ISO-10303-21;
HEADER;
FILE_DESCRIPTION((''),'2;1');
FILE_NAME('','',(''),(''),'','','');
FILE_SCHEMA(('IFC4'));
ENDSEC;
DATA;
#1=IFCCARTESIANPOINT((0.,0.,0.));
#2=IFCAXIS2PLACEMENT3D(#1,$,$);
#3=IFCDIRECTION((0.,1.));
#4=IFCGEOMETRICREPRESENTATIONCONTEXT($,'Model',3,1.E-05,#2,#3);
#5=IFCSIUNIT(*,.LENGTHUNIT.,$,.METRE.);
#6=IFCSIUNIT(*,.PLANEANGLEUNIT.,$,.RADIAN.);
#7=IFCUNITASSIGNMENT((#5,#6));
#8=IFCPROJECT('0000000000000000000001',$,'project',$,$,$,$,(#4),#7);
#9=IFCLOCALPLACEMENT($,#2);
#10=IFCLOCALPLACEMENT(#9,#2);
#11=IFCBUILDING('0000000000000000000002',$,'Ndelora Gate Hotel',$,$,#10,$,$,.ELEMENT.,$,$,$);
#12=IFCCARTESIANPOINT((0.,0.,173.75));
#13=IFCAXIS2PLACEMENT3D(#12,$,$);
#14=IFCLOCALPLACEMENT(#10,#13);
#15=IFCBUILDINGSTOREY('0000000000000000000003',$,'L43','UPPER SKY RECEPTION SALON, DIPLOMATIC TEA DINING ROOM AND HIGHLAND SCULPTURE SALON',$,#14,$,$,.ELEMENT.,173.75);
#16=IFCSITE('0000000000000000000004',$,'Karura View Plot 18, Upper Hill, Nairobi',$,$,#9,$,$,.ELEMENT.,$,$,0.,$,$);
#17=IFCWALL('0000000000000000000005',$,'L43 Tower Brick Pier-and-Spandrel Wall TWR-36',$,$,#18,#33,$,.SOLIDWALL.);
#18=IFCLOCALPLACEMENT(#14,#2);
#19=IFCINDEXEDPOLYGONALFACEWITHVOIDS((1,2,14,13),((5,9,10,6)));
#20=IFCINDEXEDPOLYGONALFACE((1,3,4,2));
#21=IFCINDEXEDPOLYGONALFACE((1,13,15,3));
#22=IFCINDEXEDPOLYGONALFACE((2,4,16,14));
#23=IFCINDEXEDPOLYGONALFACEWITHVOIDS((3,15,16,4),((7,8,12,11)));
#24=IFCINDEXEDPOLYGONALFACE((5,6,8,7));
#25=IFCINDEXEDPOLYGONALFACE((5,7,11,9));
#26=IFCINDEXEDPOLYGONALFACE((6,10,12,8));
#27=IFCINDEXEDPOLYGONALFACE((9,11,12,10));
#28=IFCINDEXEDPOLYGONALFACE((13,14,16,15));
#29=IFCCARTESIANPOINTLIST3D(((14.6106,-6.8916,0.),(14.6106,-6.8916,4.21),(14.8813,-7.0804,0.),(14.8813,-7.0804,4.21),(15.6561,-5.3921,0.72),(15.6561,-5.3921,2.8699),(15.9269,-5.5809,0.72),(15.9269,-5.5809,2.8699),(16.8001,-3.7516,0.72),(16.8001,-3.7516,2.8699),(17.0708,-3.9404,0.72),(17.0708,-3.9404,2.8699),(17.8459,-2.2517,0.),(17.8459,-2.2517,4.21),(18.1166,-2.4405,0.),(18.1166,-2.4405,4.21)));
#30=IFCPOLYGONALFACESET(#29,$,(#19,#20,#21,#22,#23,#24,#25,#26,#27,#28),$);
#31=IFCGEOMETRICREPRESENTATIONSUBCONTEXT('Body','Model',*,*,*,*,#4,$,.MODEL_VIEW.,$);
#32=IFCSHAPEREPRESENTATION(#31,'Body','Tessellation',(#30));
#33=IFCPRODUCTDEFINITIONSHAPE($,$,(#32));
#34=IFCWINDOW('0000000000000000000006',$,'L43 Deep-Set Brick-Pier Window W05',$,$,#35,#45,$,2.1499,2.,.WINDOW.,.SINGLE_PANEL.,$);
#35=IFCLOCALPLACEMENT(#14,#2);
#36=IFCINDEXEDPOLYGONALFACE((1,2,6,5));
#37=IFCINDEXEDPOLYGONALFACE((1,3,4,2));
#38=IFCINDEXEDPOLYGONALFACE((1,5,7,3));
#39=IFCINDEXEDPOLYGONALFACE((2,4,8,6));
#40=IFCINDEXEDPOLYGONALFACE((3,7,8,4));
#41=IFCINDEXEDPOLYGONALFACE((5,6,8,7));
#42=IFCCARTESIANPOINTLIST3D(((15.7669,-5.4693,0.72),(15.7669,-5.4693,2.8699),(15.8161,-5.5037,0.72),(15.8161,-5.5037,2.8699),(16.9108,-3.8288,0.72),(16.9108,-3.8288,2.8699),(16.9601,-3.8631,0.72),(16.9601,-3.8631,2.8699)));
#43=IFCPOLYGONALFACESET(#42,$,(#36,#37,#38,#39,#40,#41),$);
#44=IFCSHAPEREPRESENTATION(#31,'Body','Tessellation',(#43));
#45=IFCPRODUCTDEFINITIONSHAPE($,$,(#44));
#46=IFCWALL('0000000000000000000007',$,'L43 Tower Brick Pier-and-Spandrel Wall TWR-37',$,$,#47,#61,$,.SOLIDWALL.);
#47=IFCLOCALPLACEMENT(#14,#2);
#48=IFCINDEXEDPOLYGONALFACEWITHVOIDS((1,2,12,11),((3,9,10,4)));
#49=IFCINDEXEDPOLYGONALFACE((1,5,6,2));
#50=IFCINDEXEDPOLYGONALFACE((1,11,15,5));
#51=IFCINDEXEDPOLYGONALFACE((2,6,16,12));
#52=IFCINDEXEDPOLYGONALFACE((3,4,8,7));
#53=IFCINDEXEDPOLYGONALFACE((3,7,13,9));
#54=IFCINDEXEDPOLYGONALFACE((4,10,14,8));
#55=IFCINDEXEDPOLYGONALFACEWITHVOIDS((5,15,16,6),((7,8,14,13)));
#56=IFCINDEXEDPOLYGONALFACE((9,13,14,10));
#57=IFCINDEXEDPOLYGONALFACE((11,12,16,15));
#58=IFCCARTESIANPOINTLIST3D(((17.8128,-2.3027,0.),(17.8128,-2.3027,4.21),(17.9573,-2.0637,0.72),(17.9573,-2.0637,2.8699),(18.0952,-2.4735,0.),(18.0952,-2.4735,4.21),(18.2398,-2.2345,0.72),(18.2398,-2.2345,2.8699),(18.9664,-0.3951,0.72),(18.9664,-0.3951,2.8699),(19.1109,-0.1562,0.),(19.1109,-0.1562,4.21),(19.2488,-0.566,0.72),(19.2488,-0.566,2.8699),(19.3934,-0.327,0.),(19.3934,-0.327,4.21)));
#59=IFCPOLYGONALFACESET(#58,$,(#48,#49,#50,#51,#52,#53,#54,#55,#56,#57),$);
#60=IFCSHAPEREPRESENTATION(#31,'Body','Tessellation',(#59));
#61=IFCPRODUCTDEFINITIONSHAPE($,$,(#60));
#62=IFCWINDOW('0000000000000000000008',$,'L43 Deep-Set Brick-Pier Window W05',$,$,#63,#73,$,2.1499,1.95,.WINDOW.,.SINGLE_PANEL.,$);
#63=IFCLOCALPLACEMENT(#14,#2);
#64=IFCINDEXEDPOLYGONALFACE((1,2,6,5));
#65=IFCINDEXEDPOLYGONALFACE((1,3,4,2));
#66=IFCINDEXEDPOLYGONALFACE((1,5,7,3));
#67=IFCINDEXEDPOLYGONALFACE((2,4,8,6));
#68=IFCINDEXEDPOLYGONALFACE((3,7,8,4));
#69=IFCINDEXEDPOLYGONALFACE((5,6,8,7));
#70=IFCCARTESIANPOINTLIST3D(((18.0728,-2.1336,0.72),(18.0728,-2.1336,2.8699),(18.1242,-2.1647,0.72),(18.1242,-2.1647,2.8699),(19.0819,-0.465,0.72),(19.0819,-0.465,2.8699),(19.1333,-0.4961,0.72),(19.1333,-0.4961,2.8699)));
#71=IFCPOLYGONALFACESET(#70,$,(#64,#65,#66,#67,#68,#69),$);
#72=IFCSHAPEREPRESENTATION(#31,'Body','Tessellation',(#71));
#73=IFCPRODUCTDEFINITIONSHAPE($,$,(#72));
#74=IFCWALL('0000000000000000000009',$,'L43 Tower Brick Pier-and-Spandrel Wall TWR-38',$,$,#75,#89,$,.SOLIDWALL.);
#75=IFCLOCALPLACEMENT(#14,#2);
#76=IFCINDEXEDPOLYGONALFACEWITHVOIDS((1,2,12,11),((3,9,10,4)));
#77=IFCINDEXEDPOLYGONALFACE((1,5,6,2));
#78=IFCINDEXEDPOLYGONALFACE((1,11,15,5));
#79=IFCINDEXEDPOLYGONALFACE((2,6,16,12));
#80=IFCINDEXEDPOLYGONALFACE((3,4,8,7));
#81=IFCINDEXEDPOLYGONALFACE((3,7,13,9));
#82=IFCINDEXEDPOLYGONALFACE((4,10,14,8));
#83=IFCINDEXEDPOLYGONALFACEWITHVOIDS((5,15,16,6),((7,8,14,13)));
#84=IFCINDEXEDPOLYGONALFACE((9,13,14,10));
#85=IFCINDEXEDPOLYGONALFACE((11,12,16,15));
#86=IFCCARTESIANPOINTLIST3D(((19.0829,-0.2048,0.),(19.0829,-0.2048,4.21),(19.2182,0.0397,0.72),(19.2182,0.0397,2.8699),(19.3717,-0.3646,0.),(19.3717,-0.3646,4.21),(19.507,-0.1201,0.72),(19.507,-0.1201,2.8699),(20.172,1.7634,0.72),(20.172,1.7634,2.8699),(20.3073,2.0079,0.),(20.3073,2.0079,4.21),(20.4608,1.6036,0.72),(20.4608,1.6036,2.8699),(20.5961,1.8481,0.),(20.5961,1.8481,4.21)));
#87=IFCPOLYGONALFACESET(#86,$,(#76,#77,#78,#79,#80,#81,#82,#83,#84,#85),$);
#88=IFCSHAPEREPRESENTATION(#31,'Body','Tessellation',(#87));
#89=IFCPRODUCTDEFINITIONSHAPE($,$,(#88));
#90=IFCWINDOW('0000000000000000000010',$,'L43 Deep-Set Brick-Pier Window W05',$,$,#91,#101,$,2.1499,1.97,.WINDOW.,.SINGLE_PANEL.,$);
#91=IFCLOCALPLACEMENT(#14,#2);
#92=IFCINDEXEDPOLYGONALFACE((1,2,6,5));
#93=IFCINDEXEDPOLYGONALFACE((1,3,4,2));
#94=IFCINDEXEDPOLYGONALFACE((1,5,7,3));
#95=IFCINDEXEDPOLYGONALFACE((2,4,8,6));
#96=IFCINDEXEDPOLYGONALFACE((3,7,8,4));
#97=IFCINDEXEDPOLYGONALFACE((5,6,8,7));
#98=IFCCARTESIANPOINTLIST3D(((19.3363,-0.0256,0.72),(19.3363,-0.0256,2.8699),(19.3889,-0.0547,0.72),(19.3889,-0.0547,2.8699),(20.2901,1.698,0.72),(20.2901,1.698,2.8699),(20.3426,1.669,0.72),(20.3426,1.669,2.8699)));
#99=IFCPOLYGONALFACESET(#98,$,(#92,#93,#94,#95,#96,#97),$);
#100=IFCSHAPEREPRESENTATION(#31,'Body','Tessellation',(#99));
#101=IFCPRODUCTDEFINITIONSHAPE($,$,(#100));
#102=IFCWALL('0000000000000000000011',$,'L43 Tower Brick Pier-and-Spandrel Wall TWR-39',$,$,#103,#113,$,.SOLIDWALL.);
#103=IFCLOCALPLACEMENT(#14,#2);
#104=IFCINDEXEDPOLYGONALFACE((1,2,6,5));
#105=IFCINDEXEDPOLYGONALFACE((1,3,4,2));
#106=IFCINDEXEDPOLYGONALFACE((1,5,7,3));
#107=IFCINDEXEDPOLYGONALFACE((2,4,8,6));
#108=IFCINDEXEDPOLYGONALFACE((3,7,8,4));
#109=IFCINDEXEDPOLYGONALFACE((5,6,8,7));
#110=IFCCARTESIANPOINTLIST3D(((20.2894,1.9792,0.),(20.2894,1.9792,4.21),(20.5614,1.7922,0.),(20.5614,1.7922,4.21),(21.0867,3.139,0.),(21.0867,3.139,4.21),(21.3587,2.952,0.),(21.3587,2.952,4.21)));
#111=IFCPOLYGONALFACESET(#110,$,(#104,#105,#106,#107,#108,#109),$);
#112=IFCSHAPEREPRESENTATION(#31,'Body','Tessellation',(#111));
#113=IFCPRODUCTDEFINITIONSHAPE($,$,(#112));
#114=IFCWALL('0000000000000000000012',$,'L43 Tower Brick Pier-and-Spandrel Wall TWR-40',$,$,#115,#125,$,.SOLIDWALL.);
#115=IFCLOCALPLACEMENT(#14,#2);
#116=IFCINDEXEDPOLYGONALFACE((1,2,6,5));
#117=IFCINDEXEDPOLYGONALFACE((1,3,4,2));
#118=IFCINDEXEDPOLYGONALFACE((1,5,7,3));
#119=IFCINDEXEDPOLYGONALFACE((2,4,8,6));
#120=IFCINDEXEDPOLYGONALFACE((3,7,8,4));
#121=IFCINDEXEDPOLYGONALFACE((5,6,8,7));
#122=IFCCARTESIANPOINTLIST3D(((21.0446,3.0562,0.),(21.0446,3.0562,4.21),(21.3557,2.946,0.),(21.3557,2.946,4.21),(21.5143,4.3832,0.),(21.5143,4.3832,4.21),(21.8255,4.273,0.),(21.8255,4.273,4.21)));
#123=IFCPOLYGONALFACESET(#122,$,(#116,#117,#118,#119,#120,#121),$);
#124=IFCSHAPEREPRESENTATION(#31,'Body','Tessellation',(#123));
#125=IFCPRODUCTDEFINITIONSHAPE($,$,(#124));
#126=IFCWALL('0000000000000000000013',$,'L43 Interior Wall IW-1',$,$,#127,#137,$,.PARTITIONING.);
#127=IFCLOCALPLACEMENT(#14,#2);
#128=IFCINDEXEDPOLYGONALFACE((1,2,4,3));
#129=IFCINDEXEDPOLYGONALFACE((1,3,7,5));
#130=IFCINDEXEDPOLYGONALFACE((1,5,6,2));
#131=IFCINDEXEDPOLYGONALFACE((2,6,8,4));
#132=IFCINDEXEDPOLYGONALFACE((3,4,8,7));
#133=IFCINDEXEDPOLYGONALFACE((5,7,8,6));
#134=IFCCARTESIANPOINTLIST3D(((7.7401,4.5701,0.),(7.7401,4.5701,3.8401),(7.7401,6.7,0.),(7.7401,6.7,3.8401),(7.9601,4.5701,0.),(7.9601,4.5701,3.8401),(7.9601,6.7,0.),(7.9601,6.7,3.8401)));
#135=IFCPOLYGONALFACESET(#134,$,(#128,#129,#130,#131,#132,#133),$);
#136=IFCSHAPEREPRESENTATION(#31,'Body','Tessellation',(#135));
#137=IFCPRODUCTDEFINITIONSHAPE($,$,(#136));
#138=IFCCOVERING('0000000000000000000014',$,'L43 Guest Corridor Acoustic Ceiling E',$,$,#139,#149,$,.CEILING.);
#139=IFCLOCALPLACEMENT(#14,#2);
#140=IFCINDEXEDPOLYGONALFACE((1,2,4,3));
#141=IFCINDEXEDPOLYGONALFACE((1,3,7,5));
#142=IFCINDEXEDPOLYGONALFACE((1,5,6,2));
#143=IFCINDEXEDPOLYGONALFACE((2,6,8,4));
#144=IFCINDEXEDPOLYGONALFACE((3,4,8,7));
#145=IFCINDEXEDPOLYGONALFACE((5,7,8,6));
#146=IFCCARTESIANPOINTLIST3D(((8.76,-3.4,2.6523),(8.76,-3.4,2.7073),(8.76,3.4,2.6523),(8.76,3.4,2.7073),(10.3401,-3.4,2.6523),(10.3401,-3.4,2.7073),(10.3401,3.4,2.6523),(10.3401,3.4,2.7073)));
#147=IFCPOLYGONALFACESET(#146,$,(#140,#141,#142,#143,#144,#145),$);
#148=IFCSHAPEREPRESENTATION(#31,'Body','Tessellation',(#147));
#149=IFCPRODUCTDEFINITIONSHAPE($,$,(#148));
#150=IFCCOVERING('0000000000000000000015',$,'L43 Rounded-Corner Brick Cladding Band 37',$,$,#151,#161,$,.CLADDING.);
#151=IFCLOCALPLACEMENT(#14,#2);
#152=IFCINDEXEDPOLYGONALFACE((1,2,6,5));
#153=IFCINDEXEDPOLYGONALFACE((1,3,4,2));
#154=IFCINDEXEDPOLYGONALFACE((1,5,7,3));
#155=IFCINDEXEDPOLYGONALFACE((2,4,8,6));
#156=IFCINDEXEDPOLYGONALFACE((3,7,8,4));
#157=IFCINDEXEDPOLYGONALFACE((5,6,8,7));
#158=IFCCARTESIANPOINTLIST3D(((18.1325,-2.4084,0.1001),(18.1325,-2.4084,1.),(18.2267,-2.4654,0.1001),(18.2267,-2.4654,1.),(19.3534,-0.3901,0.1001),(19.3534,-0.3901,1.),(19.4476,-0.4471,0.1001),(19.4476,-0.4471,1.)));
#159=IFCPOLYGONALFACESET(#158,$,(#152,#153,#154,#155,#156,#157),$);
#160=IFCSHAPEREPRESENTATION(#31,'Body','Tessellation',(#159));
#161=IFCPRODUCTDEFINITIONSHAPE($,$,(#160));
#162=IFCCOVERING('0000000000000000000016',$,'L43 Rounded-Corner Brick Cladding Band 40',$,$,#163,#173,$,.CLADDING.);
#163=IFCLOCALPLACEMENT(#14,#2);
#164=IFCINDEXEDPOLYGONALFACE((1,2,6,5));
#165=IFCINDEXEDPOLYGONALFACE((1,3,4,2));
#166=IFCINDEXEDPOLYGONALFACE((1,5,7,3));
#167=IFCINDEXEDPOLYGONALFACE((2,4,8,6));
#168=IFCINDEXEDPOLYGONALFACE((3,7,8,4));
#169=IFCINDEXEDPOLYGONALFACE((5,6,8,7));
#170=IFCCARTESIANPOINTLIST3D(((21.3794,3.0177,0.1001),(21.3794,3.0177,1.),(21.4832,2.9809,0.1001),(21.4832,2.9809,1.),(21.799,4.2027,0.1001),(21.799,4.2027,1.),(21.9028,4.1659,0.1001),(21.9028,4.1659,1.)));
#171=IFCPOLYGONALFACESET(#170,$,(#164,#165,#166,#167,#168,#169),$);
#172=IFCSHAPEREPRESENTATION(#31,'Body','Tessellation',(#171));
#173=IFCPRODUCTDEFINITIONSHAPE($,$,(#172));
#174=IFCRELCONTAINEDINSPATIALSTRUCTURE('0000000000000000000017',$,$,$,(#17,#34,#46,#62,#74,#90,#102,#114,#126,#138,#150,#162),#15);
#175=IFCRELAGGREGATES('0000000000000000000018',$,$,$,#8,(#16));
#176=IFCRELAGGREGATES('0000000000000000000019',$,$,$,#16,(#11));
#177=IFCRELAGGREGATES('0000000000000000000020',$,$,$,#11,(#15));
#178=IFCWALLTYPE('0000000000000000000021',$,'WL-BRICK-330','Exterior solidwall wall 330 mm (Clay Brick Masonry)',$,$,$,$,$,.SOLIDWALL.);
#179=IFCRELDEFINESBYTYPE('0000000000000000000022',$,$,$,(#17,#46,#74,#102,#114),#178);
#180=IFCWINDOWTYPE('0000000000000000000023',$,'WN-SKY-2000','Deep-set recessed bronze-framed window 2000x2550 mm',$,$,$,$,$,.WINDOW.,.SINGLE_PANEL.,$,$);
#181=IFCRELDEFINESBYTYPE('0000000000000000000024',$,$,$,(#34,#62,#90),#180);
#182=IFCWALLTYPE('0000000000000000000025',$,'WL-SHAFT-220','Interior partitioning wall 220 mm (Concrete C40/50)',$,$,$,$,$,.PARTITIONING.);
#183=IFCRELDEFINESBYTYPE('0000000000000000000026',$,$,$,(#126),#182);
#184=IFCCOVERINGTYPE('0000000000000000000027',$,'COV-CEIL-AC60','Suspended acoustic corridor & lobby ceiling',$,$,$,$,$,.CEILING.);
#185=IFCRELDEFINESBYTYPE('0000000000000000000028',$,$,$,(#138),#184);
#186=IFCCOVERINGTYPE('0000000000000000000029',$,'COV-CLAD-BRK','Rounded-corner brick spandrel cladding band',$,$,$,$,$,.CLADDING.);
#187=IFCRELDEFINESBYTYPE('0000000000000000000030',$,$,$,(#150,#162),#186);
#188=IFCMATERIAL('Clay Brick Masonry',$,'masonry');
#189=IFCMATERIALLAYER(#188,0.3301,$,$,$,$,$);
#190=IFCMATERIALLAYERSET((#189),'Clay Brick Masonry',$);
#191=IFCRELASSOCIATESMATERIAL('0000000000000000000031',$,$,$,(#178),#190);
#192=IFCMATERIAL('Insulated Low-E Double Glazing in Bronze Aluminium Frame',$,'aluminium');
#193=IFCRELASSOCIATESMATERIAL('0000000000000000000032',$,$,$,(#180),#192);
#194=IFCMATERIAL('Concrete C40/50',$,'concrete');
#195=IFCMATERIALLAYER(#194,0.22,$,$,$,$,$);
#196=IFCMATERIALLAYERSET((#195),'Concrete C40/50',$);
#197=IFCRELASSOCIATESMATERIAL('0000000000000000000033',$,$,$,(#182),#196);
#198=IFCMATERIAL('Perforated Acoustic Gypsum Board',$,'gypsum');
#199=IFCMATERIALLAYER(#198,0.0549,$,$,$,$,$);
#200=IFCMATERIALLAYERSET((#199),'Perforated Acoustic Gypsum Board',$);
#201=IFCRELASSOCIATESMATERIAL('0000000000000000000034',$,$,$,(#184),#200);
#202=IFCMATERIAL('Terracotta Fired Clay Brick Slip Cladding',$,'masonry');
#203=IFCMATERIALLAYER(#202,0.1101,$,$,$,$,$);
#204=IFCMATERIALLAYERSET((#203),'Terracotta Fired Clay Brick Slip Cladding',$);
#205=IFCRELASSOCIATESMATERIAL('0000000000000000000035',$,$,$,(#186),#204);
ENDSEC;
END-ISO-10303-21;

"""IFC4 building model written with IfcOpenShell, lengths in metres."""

from ifc_helpers import new_model, si_unit, direction, frame, frame_2d, origin, origin_2d, place, context, subcontext, project, spatial, rectangle, extrude, material, layer, layer_set, type_object, element, fill, save


model = new_model("IFC4")

# Units and contexts
model_context = context("Model", 3, precision=1e-05, world=origin(), true_north=direction((0.0, 1.0)))
body_context = subcontext(model_context, "Body", "Model", "MODEL_VIEW")
ifc_project = project(units=[si_unit("LENGTHUNIT", "METRE"), si_unit("PLANEANGLEUNIT", "RADIAN")], contexts=[model_context])

# Site, building, storey
site_placement = place(None, origin())
site = spatial("IfcSite", under=ifc_project, at=site_placement, Name="Karura View Plot 18, Upper Hill, Nairobi", CompositionType="ELEMENT", RefElevation=0.0)
building_placement = place(site_placement, origin())
building = spatial("IfcBuilding", under=site, at=building_placement, Name="Ndelora Gate Hotel", CompositionType="ELEMENT")
storey_placement = place(building_placement, frame((0.0, 0.0, 173.75)))
storey = spatial("IfcBuildingStorey", under=building, at=storey_placement, Name="L43", Description="UPPER SKY RECEPTION SALON, DIPLOMATIC TEA DINING ROOM AND HIGHLAND SCULPTURE SALON", CompositionType="ELEMENT", Elevation=173.75)

# Walls, openings, windows
ifc_material_1 = material(Name="Clay Brick Masonry", Category="masonry")
ifc_layer_1 = layer(ifc_material_1, 0.3301)
ifc_layer_set_1 = layer_set([ifc_layer_1], Name="Clay Brick Masonry")
wall_type_1 = type_object("IfcWallType", Name="WL-BRICK-330", Description="Exterior solidwall wall 330 mm (Clay Brick Masonry)", PredefinedType="SOLIDWALL", material=ifc_layer_set_1)
wall_1_placement = place(storey_placement, frame((17.9812, -2.3462, 0.0), z_axis=(0.0, 0.0, 1.0), x_axis=(-0.57197, -0.820275, 0.0)))
wall_1 = element("IfcWall", 1, at=wall_1_placement, inside=storey, type_object=wall_type_1, Name="L43 Tower Brick Pier-and-Spandrel Wall TWR-36", PredefinedType="SOLIDWALL", context=body_context, shape_type="SweptSolid", body=[
    extrude(rectangle(XDim=5.6565, YDim=0.3301, at=frame_2d((2.8281, 0.0))), origin(), (0.0, 0.0, 1.0), 4.21),
])
opening_1_placement = place(wall_1_placement, frame((1.8284, 0.0, 0.72)))
opening_1 = element("IfcOpeningElement", 2, at=opening_1_placement, cuts=wall_1, PredefinedType="OPENING", context=body_context, shape_type="SweptSolid", body=[
    extrude(rectangle(XDim=2.0, YDim=2.1499, at=frame_2d((1.0, 1.075))), frame((0.0, 0.175, 0.0), z_axis=(0.0, -1.0, 0.0), x_axis=(1.0, 0.0, 0.0)), (0.0, 0.0, 1.0), 0.3501),
])
ifc_material_2 = material(Name="Insulated Low-E Double Glazing in Bronze Aluminium Frame", Category="aluminium")
window_type = type_object("IfcWindowType", Name="WN-SKY-2000", Description="Deep-set recessed bronze-framed window 2000x2550 mm", PartitioningType="SINGLE_PANEL", PredefinedType="WINDOW", material=ifc_material_2)
window_1_placement = place(opening_1_placement, origin())
window_1 = element("IfcWindow", 3, at=window_1_placement, inside=storey, type_object=window_type, Name="L43 Deep-Set Brick-Pier Window W05", OverallHeight=2.1499, OverallWidth=2.0, PartitioningType="SINGLE_PANEL", PredefinedType="WINDOW", context=body_context, shape_type="SweptSolid", body=[
    extrude(rectangle(XDim=2.0, YDim=2.1499, at=frame_2d((1.0, 1.075))), frame((0.0, 0.03, 0.0), z_axis=(0.0, -1.0, 0.0), x_axis=(1.0, 0.0, 0.0)), (0.0, 0.0, 1.0), 0.0601),
])
fill(opening_1, window_1)
wall_2_placement = place(storey_placement, frame((19.2522, -0.2415, 0.0), z_axis=(0.0, 0.0, 1.0), x_axis=(-0.517484, -0.855693, 0.0)))
wall_2 = element("IfcWall", 4, at=wall_2_placement, inside=storey, type_object=wall_type_1, Name="L43 Tower Brick Pier-and-Spandrel Wall TWR-37", PredefinedType="SOLIDWALL", context=body_context, shape_type="SweptSolid", body=[
    extrude(rectangle(XDim=2.5085, YDim=0.3301, at=frame_2d((1.2544, 0.0))), origin(), (0.0, 0.0, 1.0), 4.21),
])
opening_2_placement = place(wall_2_placement, frame((0.2793, 0.0, 0.72)))
opening_2 = element("IfcOpeningElement", 5, at=opening_2_placement, cuts=wall_2, PredefinedType="OPENING", context=body_context, shape_type="SweptSolid", body=[
    extrude(rectangle(XDim=1.95, YDim=2.1499, at=frame_2d((0.9751, 1.075))), frame((0.0, 0.175, 0.0), z_axis=(0.0, -1.0, 0.0), x_axis=(1.0, 0.0, 0.0)), (0.0, 0.0, 1.0), 0.3501),
])
window_2_placement = place(opening_2_placement, origin())
window_2 = element("IfcWindow", 6, at=window_2_placement, inside=storey, type_object=window_type, Name="L43 Deep-Set Brick-Pier Window W05", OverallHeight=2.1499, OverallWidth=1.95, PartitioningType="SINGLE_PANEL", PredefinedType="WINDOW", context=body_context, shape_type="SweptSolid", body=[
    extrude(rectangle(XDim=1.95, YDim=2.1499, at=frame_2d((0.9751, 1.075))), frame((0.0, 0.03, 0.0), z_axis=(0.0, -1.0, 0.0), x_axis=(1.0, 0.0, 0.0)), (0.0, 0.0, 1.0), 0.0601),
])
fill(opening_2, window_2)
wall_3_placement = place(storey_placement, frame((20.4517, 1.928, 0.0), z_axis=(0.0, 0.0, 1.0), x_axis=(-0.484167, -0.874976, 0.0)))
wall_3 = element("IfcWall", 7, at=wall_3_placement, inside=storey, type_object=wall_type_1, Name="L43 Tower Brick Pier-and-Spandrel Wall TWR-38", PredefinedType="SOLIDWALL", context=body_context, shape_type="SweptSolid", body=[
    extrude(rectangle(XDim=2.5288, YDim=0.3301, at=frame_2d((1.2644, 0.0))), origin(), (0.0, 0.0, 1.0), 4.21),
])
opening_3_placement = place(wall_3_placement, frame((0.2795, 0.0, 0.72)))
opening_3 = element("IfcOpeningElement", 8, at=opening_3_placement, cuts=wall_3, PredefinedType="OPENING", context=body_context, shape_type="SweptSolid", body=[
    extrude(rectangle(XDim=1.97, YDim=2.1499, at=frame_2d((0.9849, 1.075))), frame((0.0, 0.175, 0.0), z_axis=(0.0, -1.0, 0.0), x_axis=(1.0, 0.0, 0.0)), (0.0, 0.0, 1.0), 0.3501),
])
window_3_placement = place(opening_3_placement, origin())
window_3 = element("IfcWindow", 9, at=window_3_placement, inside=storey, type_object=window_type, Name="L43 Deep-Set Brick-Pier Window W05", OverallHeight=2.1499, OverallWidth=1.97, PartitioningType="SINGLE_PANEL", PredefinedType="WINDOW", context=body_context, shape_type="SweptSolid", body=[
    extrude(rectangle(XDim=1.97, YDim=2.1499, at=frame_2d((0.9849, 1.075))), frame((0.0, 0.03, 0.0), z_axis=(0.0, -1.0, 0.0), x_axis=(1.0, 0.0, 0.0)), (0.0, 0.0, 1.0), 0.0601),
])
fill(opening_3, window_3)

# Walls
wall_4_placement = place(storey_placement, frame((21.2227, 3.0454, 0.0), z_axis=(0.0, 0.0, 1.0), x_axis=(-0.566492, -0.824067, 0.0)))
element("IfcWall", 10, at=wall_4_placement, inside=storey, type_object=wall_type_1, Name="L43 Tower Brick Pier-and-Spandrel Wall TWR-39", PredefinedType="SOLIDWALL", context=body_context, shape_type="SweptSolid", body=[
    extrude(rectangle(XDim=1.4075, YDim=0.3301, at=frame_2d((0.7036, 0.0))), origin(), (0.0, 0.0, 1.0), 4.21),
])
wall_5_placement = place(storey_placement, frame((21.6699, 4.3281, 0.0), z_axis=(0.0, 0.0, 1.0), x_axis=(-0.333709, -0.942676, 0.0)))
element("IfcWall", 11, at=wall_5_placement, inside=storey, type_object=wall_type_1, Name="L43 Tower Brick Pier-and-Spandrel Wall TWR-40", PredefinedType="SOLIDWALL", context=body_context, shape_type="SweptSolid", body=[
    extrude(rectangle(XDim=1.4077, YDim=0.3301, at=frame_2d((0.7039, 0.0))), origin(), (0.0, 0.0, 1.0), 4.21),
])

# Shared definitions
ifc_material_3 = material(Name="Concrete C40/50", Category="concrete")

# Wall
ifc_layer_2 = layer(ifc_material_3, 0.22)
ifc_layer_set_2 = layer_set([ifc_layer_2], Name="Concrete C40/50")
wall_type_2 = type_object("IfcWallType", Name="WL-SHAFT-220", Description="Interior partitioning wall 220 mm (Concrete C40/50)", PredefinedType="PARTITIONING", material=ifc_layer_set_2)
wall_6_placement = place(storey_placement, frame((7.8501, 4.5701, 0.0), z_axis=(0.0, 0.0, 1.0), x_axis=(0.0, 1.0, 0.0)))
element("IfcWall", 12, at=wall_6_placement, inside=storey, type_object=wall_type_2, Name="L43 Interior Wall IW-1", PredefinedType="PARTITIONING", context=body_context, shape_type="SweptSolid", body=[
    extrude(rectangle(XDim=2.1299, YDim=0.22, at=frame_2d((1.0649, 0.0))), origin(), (0.0, 0.0, 1.0), 3.8401),
])

# Coverings
ifc_material_4 = material(Name="Perforated Acoustic Gypsum Board", Category="gypsum")
ifc_layer_3 = layer(ifc_material_4, 0.0549)
ifc_layer_set_3 = layer_set([ifc_layer_3], Name="Perforated Acoustic Gypsum Board")
covering_type_1 = type_object("IfcCoveringType", Name="COV-CEIL-AC60", Description="Suspended acoustic corridor & lobby ceiling", PredefinedType="CEILING", material=ifc_layer_set_3)
covering_1_placement = place(storey_placement, frame((9.55, 0.0, 2.6523), z_axis=(0.0, 0.0, 1.0), x_axis=(1.0, 0.0, 0.0)))
element("IfcCovering", 13, at=covering_1_placement, inside=storey, type_object=covering_type_1, Name="L43 Guest Corridor Acoustic Ceiling E", PredefinedType="CEILING", context=body_context, shape_type="SweptSolid", body=[
    extrude(rectangle(XDim=1.5801, YDim=6.8, at=origin_2d()), origin(), (0.0, 0.0, 1.0), 0.0549),
])
ifc_material_5 = material(Name="Terracotta Fired Clay Brick Slip Cladding", Category="masonry")
ifc_layer_4 = layer(ifc_material_5, 0.1101)
ifc_layer_set_4 = layer_set([ifc_layer_4], Name="Terracotta Fired Clay Brick Slip Cladding")
covering_type_2 = type_object("IfcCoveringType", Name="COV-CLAD-BRK", Description="Rounded-corner brick spandrel cladding band", PredefinedType="CLADDING", material=ifc_layer_set_4)
covering_2_placement = place(storey_placement, frame((18.79, -1.4277, 0.1001), z_axis=(0.0, 0.0, 1.0), x_axis=(0.517579, 0.855635, 0.0)))
element("IfcCovering", 14, at=covering_2_placement, inside=storey, type_object=covering_type_2, Name="L43 Rounded-Corner Brick Cladding Band 37", PredefinedType="CLADDING", context=body_context, shape_type="SweptSolid", body=[
    extrude(rectangle(XDim=2.3589, YDim=0.1101, at=origin_2d()), origin(), (0.0, 0.0, 1.0), 0.8999),
])
covering_3_placement = place(storey_placement, frame((21.6411, 3.5918, 0.1001), z_axis=(0.0, 0.0, 1.0), x_axis=(0.333807, 0.942641, 0.0)))
element("IfcCovering", 15, at=covering_3_placement, inside=storey, type_object=covering_type_2, Name="L43 Rounded-Corner Brick Cladding Band 40", PredefinedType="CLADDING", context=body_context, shape_type="SweptSolid", body=[
    extrude(rectangle(XDim=1.2571, YDim=0.1101, at=origin_2d()), origin(), (0.0, 0.0, 1.0), 0.8999),
])

save(model, "model.ifc")
